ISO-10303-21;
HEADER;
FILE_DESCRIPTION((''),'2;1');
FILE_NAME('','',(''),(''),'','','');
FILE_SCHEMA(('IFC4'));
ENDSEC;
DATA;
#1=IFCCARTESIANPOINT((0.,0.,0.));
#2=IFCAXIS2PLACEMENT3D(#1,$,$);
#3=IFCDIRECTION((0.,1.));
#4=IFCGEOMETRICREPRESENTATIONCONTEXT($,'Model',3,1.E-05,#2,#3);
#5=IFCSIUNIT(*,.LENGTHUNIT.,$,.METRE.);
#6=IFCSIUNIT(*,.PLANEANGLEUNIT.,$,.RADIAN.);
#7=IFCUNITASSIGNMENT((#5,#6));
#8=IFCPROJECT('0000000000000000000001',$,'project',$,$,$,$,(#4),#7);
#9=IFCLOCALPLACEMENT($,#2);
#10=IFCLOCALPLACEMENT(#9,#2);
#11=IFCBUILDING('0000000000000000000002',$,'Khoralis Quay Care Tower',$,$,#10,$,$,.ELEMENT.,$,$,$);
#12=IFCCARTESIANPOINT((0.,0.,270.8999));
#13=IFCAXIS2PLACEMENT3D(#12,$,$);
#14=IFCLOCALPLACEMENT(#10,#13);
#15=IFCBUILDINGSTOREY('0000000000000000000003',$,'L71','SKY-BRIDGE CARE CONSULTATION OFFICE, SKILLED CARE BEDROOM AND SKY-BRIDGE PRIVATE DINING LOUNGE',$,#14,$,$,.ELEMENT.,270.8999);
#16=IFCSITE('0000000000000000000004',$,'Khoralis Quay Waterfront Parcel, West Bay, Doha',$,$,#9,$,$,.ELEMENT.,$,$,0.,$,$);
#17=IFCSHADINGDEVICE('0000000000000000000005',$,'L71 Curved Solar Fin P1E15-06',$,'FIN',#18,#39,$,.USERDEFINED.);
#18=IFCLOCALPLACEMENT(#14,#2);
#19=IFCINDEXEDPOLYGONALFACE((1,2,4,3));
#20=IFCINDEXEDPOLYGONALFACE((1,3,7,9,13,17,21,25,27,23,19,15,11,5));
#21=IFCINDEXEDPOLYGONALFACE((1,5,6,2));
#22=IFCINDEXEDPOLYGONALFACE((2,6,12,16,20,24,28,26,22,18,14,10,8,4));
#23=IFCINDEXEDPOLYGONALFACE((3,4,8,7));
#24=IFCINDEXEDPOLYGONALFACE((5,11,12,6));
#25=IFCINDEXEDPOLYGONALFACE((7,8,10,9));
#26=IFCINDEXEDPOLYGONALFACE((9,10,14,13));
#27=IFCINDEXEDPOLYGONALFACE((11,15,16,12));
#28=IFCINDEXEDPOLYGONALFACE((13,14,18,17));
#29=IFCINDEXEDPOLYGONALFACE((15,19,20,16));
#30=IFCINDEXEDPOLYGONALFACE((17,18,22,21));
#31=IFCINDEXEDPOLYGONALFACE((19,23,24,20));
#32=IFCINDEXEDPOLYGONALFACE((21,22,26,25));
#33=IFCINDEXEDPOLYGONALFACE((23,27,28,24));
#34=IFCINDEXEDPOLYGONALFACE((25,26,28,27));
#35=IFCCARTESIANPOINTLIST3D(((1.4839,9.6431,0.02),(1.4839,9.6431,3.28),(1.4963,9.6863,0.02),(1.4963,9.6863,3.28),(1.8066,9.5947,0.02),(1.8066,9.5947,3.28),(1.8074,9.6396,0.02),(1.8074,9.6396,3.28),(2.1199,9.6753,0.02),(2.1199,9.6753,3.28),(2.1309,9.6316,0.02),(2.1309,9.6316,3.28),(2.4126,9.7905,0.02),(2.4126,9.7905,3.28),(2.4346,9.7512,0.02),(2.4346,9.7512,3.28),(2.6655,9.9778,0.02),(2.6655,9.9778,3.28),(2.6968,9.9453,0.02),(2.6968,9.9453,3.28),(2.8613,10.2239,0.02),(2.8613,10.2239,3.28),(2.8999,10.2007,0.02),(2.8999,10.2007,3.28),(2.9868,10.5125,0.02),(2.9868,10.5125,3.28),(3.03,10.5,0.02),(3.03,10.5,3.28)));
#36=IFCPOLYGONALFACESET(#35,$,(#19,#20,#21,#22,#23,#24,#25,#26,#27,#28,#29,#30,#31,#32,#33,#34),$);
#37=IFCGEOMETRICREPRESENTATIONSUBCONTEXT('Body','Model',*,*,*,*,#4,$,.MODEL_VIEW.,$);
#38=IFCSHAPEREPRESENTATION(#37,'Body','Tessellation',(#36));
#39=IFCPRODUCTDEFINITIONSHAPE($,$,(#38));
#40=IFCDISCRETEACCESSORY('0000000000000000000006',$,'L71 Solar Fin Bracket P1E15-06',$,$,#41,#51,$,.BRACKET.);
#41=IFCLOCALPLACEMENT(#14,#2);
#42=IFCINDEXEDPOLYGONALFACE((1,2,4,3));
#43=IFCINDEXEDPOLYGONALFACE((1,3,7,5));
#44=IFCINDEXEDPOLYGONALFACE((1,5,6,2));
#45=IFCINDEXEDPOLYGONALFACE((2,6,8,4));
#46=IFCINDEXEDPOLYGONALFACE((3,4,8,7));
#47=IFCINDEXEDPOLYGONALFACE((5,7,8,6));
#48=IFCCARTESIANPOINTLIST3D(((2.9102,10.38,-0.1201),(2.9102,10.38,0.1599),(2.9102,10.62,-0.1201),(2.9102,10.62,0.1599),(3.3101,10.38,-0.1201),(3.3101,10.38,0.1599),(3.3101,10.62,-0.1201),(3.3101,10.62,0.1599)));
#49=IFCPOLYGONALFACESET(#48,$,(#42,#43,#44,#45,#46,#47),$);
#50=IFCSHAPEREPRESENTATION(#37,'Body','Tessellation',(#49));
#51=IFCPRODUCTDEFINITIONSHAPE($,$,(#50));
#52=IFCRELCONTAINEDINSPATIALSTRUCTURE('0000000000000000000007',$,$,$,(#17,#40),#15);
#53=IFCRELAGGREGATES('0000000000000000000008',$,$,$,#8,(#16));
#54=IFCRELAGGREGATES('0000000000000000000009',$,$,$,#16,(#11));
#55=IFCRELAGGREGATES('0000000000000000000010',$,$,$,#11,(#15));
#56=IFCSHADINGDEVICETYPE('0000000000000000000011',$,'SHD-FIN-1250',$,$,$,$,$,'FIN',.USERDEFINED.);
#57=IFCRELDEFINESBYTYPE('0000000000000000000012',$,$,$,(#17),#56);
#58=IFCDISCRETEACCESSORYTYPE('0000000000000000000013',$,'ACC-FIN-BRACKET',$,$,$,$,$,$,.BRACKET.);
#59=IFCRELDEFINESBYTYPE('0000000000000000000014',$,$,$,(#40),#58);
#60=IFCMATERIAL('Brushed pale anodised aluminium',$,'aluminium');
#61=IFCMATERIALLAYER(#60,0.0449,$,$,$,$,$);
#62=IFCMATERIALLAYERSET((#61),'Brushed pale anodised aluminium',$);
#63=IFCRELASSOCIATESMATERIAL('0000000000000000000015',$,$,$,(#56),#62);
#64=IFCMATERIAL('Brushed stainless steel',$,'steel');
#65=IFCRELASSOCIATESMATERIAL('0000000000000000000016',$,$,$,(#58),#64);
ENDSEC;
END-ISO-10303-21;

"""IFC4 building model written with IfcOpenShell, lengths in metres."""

from ifc_helpers import new_model, si_unit, direction, frame, origin, origin_2d, place, context, subcontext, project, spatial, polyline, rectangle, outline, extrude, source, transform, mapped, material, layer, layer_set, type_object, element, save


model = new_model("IFC4")

# Units and contexts
model_context = context("Model", 3, precision=1e-05, world=origin(), true_north=direction((0.0, 1.0)))
body_context = subcontext(model_context, "Body", "Model", "MODEL_VIEW")
ifc_project = project(units=[si_unit("LENGTHUNIT", "METRE"), si_unit("PLANEANGLEUNIT", "RADIAN")], contexts=[model_context])

# Site, building, storey
site_placement = place(None, origin())
site = spatial("IfcSite", under=ifc_project, at=site_placement, Name="Khoralis Quay Waterfront Parcel, West Bay, Doha", CompositionType="ELEMENT", RefElevation=0.0)
building_placement = place(site_placement, origin())
building = spatial("IfcBuilding", under=site, at=building_placement, Name="Khoralis Quay Care Tower", CompositionType="ELEMENT")
storey_placement = place(building_placement, frame((0.0, 0.0, 270.8999)))
storey = spatial("IfcBuildingStorey", under=building, at=storey_placement, Name="L71", Description="SKY-BRIDGE CARE CONSULTATION OFFICE, SKILLED CARE BEDROOM AND SKY-BRIDGE PRIVATE DINING LOUNGE", CompositionType="ELEMENT", Elevation=270.8999)

# Shading device
ifc_material_1 = material(Name="Brushed pale anodised aluminium", Category="aluminium")
ifc_layer_1 = layer(ifc_material_1, 0.0449)
ifc_layer_set_1 = layer_set([ifc_layer_1], Name="Brushed pale anodised aluminium")
shading_device_type = type_object("IfcShadingDeviceType", Name="SHD-FIN-1250", ElementType="FIN", PredefinedType="USERDEFINED", material=ifc_layer_set_1)
shared_shape_1 = source(origin(), body_context, "Body", "SweptSolid", [
    extrude(outline(polyline([(0.0, 0.0), (0.1301, 0.2993), (0.3333, 0.5547), (0.5955, 0.7488), (0.8992, 0.8684), (1.2234, 0.9053), (1.5461, 0.8569), (1.5337, 0.8137), (1.2227, 0.8604), (0.9102, 0.8247), (0.6174, 0.7095), (0.3645, 0.5222), (0.1687, 0.2761), (0.0432, -0.0125), (0.0, 0.0)])), origin(), (0.0, 0.0, 1.0), 3.26),
])
shading_device_placement = place(storey_placement, frame((3.03, 10.5, 0.02), z_axis=(0.0, 0.0, 1.0), x_axis=(-1.0, 0.0, 0.0)))
element("IfcShadingDevice", 1, at=shading_device_placement, inside=storey, type_object=shading_device_type, Name="L71 Curved Solar Fin P1E15-06", ObjectType="FIN", PredefinedType="USERDEFINED", context=body_context, shape_type="MappedRepresentation", body=[
    mapped(shared_shape_1, transform((0.0, 0.0, 0.0), scale=1.0)),
])

# Discrete accessory
ifc_material_2 = material(Name="Brushed stainless steel", Category="steel")
discrete_accessory_type = type_object("IfcDiscreteAccessoryType", Name="ACC-FIN-BRACKET", PredefinedType="BRACKET", material=ifc_material_2)
shared_shape_2 = source(origin(), body_context, "Body", "SweptSolid", [
    extrude(rectangle(XDim=0.3999, YDim=0.24, at=origin_2d()), origin(), (0.0, 0.0, 1.0), 0.28),
])
discrete_accessory_placement = place(storey_placement, frame((3.1101, 10.5, -0.1201), z_axis=(0.0, 0.0, 1.0), x_axis=(-1.0, 0.0, 0.0)))
element("IfcDiscreteAccessory", 2, at=discrete_accessory_placement, inside=storey, type_object=discrete_accessory_type, Name="L71 Solar Fin Bracket P1E15-06", PredefinedType="BRACKET", context=body_context, shape_type="MappedRepresentation", body=[
    mapped(shared_shape_2, transform((0.0, 0.0, 0.0), scale=1.0)),
])

save(model, "model.ifc")
